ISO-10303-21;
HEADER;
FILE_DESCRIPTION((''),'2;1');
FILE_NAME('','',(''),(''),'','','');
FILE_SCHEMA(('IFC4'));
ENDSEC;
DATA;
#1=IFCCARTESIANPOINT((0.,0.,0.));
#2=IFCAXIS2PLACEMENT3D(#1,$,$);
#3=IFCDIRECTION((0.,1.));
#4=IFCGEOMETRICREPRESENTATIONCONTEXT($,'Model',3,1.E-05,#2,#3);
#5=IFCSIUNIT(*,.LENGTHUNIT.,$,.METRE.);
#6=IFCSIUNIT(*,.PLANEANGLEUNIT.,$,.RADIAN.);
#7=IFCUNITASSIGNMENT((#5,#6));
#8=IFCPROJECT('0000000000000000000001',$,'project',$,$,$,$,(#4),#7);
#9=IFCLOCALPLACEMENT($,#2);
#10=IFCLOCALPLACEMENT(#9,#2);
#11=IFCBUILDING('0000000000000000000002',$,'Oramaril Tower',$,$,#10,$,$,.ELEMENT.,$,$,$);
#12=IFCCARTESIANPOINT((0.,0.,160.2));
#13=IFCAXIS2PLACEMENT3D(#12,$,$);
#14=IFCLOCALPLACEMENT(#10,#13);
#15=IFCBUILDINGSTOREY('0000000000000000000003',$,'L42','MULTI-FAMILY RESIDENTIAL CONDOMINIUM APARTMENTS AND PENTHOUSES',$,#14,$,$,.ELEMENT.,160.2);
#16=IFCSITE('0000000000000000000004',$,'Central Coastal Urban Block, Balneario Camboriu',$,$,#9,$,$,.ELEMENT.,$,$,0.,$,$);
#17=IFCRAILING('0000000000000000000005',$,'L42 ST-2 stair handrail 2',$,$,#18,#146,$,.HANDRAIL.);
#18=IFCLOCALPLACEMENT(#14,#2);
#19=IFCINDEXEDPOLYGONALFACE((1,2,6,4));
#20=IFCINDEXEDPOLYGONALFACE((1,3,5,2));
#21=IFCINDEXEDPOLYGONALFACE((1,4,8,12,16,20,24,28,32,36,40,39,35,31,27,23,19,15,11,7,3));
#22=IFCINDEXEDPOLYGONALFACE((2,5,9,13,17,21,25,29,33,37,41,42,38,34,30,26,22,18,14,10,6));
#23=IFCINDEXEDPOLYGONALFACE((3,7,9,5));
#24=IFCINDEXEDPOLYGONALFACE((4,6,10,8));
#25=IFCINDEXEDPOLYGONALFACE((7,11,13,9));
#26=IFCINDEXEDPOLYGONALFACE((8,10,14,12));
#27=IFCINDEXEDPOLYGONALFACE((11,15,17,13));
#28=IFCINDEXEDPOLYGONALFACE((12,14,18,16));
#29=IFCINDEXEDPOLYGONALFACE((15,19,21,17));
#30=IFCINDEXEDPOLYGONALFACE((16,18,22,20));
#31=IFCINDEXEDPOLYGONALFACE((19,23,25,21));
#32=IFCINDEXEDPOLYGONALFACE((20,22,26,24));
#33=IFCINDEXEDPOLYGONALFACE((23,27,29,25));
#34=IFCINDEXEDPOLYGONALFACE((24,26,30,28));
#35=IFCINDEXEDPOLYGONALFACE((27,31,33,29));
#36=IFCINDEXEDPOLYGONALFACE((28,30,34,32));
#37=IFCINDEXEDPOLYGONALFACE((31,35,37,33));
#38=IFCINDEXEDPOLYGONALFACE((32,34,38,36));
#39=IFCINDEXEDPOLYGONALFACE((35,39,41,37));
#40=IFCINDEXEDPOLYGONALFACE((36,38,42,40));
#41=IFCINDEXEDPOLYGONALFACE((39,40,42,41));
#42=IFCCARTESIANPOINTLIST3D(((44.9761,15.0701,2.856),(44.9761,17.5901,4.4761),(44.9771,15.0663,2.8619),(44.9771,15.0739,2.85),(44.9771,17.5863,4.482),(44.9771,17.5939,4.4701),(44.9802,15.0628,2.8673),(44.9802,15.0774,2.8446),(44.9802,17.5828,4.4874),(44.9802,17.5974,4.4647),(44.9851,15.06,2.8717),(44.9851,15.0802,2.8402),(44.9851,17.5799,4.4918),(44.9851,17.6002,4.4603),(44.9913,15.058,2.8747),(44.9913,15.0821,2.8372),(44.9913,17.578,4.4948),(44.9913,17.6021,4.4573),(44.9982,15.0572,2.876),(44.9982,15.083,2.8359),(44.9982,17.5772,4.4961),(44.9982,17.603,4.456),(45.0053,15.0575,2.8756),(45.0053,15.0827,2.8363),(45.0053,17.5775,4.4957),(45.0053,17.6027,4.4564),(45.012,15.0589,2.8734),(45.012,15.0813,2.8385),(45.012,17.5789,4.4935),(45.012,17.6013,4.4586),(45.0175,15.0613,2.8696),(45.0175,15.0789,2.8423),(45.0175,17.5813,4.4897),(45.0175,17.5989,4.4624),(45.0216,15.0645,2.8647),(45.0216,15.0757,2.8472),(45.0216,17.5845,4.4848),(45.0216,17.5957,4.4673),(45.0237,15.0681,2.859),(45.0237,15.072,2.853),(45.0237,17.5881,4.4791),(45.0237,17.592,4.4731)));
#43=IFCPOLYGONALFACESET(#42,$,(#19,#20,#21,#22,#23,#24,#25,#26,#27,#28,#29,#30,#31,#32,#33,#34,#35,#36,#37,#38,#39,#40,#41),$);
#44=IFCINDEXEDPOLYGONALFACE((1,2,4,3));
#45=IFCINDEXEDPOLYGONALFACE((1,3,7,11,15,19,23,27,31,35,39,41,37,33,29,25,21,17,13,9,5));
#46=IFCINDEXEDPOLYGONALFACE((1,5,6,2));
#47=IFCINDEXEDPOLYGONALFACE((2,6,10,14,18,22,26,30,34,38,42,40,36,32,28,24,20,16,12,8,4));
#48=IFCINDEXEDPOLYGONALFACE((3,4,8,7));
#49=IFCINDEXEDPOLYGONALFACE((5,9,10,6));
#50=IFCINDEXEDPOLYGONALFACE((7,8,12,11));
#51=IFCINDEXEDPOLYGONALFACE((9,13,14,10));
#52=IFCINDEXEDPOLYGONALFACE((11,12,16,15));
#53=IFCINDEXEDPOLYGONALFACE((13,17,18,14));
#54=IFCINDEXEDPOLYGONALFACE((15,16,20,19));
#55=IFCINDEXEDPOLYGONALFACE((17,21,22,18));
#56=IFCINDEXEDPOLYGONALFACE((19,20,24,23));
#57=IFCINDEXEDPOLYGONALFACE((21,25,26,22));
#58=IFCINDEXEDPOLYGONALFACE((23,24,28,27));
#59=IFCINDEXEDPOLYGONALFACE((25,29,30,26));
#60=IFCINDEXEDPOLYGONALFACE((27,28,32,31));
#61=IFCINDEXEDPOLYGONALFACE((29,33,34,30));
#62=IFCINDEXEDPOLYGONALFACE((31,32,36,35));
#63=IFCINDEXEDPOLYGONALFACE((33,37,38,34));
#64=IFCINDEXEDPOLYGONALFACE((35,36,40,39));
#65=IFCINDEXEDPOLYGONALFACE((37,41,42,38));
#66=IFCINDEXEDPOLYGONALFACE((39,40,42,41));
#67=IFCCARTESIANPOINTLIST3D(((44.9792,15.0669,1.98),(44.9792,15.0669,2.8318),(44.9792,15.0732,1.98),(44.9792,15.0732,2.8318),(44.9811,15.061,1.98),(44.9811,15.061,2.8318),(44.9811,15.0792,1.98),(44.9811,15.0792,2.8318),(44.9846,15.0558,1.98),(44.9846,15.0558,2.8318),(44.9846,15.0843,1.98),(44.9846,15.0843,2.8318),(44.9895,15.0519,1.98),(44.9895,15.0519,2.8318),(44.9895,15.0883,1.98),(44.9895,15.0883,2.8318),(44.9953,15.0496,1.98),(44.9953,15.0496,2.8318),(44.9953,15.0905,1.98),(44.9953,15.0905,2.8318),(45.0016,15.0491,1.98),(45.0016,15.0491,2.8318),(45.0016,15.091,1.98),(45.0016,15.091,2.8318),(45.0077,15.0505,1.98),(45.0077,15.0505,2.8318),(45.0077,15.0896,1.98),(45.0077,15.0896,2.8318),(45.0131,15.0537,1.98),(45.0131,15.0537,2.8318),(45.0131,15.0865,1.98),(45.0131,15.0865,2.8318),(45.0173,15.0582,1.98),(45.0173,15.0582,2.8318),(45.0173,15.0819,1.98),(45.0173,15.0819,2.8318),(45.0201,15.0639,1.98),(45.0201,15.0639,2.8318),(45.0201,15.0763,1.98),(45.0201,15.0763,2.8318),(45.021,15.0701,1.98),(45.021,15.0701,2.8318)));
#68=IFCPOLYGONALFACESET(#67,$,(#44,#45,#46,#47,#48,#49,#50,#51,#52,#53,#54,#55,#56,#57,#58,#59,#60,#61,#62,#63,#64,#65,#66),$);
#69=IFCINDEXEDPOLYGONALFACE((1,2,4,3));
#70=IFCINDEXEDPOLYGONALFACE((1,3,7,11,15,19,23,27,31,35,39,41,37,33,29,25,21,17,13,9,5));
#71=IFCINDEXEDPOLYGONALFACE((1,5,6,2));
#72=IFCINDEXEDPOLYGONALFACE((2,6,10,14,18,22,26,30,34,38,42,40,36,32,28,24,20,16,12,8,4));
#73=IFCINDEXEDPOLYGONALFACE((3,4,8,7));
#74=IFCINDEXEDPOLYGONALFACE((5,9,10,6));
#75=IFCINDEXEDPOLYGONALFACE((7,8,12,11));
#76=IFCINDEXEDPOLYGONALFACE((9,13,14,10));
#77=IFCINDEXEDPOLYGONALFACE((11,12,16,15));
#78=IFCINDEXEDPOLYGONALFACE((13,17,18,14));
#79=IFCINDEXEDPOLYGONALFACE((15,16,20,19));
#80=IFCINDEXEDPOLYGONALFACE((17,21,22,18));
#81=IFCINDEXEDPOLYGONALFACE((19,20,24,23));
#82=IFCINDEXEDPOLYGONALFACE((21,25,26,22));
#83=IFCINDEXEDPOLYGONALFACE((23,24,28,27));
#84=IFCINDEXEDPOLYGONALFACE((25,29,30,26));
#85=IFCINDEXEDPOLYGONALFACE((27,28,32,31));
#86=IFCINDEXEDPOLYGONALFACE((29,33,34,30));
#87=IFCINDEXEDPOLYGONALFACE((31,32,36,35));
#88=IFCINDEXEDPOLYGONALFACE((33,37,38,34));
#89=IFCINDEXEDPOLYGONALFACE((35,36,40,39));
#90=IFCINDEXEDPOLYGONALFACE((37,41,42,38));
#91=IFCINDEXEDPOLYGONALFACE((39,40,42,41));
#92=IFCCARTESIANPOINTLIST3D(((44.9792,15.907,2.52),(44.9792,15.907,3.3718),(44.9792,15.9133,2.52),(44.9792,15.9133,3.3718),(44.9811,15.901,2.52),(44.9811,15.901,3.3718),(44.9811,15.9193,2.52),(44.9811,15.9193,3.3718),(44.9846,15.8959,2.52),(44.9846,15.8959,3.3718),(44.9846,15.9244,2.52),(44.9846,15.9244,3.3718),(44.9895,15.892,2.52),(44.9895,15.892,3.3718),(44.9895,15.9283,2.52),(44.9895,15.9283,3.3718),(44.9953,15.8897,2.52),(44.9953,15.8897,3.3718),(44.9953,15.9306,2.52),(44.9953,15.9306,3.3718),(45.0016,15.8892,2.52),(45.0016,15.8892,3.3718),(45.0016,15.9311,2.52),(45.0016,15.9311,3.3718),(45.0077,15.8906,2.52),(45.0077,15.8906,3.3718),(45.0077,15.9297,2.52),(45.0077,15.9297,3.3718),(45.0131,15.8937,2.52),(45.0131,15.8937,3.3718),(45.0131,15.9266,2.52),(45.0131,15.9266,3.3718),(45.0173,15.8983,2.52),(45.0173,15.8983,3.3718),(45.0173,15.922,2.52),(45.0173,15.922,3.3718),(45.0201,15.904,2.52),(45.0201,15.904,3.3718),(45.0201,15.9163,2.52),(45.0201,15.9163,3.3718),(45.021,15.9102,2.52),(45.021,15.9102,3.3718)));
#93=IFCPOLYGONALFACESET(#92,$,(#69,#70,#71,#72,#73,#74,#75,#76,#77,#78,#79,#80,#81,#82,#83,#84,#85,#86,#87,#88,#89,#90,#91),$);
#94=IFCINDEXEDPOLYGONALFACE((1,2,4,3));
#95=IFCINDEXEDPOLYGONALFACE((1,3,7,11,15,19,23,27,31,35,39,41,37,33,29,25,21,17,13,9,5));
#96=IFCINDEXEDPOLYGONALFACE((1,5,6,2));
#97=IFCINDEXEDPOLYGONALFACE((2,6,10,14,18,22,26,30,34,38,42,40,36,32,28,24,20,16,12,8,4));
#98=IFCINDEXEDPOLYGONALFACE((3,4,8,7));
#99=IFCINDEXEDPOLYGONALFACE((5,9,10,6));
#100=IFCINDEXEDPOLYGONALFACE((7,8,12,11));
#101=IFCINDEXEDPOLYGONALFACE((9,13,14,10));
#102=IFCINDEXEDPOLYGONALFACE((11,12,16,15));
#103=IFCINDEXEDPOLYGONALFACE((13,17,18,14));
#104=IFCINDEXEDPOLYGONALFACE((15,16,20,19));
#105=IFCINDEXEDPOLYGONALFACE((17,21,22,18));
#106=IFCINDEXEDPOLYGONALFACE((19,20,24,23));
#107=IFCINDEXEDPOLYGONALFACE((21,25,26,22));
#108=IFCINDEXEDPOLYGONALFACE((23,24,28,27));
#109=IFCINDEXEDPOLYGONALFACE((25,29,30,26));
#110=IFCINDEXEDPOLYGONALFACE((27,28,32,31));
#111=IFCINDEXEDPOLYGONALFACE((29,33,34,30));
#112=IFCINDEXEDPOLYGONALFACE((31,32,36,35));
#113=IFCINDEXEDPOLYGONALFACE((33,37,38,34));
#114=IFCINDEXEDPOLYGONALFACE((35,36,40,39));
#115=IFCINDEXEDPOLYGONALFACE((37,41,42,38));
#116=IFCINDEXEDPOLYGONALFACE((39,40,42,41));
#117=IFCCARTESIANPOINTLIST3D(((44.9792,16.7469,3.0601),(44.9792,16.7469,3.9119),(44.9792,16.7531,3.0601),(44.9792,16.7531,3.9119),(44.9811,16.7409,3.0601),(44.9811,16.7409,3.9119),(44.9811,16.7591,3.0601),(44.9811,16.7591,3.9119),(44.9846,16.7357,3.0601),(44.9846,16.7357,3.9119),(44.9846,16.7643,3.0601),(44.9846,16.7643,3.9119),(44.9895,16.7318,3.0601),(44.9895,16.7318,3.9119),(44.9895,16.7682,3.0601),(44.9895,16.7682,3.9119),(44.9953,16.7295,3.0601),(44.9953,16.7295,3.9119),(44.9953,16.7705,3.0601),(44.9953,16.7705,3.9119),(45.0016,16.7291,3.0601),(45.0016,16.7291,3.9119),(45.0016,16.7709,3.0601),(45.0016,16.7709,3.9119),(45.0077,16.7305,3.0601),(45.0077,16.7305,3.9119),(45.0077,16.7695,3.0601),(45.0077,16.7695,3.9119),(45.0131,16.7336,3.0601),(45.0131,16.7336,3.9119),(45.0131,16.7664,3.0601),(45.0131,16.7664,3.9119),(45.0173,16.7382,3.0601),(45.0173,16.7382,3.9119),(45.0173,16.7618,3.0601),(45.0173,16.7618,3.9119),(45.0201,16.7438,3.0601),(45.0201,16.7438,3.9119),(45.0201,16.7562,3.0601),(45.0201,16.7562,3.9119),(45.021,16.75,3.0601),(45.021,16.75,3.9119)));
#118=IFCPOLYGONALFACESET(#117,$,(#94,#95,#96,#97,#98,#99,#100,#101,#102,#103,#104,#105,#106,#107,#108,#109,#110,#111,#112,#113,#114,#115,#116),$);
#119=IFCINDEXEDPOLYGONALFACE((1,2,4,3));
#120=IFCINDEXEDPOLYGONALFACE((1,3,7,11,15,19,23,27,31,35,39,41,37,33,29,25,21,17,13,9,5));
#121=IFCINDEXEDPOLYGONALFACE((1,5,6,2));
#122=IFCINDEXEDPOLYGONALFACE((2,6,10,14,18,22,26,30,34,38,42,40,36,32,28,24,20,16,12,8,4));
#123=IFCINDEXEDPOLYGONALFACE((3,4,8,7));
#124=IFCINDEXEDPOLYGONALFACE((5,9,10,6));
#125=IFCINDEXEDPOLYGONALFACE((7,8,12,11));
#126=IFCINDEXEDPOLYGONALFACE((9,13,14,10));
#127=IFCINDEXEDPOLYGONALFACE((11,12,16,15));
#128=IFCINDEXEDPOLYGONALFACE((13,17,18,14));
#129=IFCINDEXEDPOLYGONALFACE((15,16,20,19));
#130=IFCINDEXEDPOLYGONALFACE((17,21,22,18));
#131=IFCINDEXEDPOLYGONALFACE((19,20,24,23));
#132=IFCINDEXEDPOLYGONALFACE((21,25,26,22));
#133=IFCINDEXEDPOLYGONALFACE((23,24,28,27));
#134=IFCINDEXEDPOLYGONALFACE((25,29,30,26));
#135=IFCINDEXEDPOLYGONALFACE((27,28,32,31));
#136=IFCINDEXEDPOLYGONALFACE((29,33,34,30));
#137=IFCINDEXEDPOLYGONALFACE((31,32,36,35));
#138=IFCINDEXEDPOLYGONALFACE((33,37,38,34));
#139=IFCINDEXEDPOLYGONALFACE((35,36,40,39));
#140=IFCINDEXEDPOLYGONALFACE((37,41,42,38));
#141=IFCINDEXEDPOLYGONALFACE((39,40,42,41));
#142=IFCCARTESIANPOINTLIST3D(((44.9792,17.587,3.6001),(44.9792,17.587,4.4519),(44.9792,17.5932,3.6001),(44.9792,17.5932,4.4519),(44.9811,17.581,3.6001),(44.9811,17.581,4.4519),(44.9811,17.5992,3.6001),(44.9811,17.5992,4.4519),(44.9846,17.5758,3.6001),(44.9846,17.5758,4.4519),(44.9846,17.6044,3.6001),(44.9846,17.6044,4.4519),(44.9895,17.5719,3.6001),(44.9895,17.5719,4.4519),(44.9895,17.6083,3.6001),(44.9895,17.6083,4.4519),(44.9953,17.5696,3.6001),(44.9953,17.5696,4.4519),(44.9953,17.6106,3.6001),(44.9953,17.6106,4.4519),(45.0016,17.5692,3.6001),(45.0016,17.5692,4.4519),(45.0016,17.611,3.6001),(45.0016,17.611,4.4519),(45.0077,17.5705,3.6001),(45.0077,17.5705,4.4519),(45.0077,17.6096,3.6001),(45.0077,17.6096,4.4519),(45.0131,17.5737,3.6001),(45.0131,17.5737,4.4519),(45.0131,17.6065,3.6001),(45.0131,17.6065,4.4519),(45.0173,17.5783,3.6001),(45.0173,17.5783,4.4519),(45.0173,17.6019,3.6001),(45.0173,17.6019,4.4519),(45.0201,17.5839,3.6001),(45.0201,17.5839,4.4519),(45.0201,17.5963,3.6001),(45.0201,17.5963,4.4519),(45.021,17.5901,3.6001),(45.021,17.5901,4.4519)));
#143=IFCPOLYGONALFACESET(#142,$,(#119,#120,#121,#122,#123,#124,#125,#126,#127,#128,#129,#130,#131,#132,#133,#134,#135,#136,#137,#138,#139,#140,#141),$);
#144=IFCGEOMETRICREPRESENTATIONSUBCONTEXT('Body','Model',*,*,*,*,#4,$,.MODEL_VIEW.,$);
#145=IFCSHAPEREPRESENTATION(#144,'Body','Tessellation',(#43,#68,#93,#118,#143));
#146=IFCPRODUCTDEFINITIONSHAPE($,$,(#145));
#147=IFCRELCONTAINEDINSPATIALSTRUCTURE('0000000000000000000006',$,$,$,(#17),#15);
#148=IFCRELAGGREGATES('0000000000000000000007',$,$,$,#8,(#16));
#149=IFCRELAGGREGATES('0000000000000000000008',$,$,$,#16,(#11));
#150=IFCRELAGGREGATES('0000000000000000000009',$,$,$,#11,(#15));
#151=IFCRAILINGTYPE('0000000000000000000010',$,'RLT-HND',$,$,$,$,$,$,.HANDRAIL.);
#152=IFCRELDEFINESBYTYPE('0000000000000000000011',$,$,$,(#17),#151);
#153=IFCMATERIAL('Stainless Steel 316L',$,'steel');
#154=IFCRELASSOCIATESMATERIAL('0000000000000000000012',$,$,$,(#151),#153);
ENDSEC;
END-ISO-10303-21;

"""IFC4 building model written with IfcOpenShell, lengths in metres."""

from ifc_helpers import new_model, si_unit, direction, frame, origin, origin_2d, place, context, subcontext, project, spatial, circle, extrude, material, type_object, element, save


model = new_model("IFC4")

# Units and contexts
model_context = context("Model", 3, precision=1e-05, world=origin(), true_north=direction((0.0, 1.0)))
body_context = subcontext(model_context, "Body", "Model", "MODEL_VIEW")
ifc_project = project(units=[si_unit("LENGTHUNIT", "METRE"), si_unit("PLANEANGLEUNIT", "RADIAN")], contexts=[model_context])

# Site, building, storey
site_placement = place(None, origin())
site = spatial("IfcSite", under=ifc_project, at=site_placement, Name="Central Coastal Urban Block, Balneario Camboriu", CompositionType="ELEMENT", RefElevation=0.0)
building_placement = place(site_placement, origin())
building = spatial("IfcBuilding", under=site, at=building_placement, Name="Oramaril Tower", CompositionType="ELEMENT")
storey_placement = place(building_placement, frame((0.0, 0.0, 160.2)))
storey = spatial("IfcBuildingStorey", under=building, at=storey_placement, Name="L42", Description="MULTI-FAMILY RESIDENTIAL CONDOMINIUM APARTMENTS AND PENTHOUSES", CompositionType="ELEMENT", Elevation=160.2)

# Railing
ifc_material_1 = material(Name="Stainless Steel 316L", Category="steel")
railing_type_1 = type_object("IfcRailingType", Name="RLT-HND", PredefinedType="HANDRAIL", material=ifc_material_1)
for number, where, name in (
    (1, (45.0, 15.0701, 1.98), "L42 ST-2 stair handrail 2"),
):
    element("IfcRailing", number, at=place(storey_placement, frame(where)), inside=storey, type_object=railing_type_1, Name=name, PredefinedType="HANDRAIL", context=body_context, shape_type="SweptSolid", body=[
        extrude(circle(Radius=0.0239, at=origin_2d()), frame((0.0, 0.0, 0.876), z_axis=(0.0, 0.841163, 0.540782), x_axis=(-1.0, 0.0, 0.0)), (0.0, 0.0, 1.0), 2.9958),
        extrude(circle(Radius=0.021, at=origin_2d()), origin(), (0.0, 0.0, 1.0), 0.8518),
        extrude(circle(Radius=0.021, at=origin_2d()), frame((0.0, 0.8401, 0.54)), (0.0, 0.0, 1.0), 0.8518),
        extrude(circle(Radius=0.021, at=origin_2d()), frame((0.0, 1.6799, 1.0801)), (0.0, 0.0, 1.0), 0.8518),
        extrude(circle(Radius=0.021, at=origin_2d()), frame((0.0, 2.52, 1.6201)), (0.0, 0.0, 1.0), 0.8518),
    ])

save(model, "model.ifc")
